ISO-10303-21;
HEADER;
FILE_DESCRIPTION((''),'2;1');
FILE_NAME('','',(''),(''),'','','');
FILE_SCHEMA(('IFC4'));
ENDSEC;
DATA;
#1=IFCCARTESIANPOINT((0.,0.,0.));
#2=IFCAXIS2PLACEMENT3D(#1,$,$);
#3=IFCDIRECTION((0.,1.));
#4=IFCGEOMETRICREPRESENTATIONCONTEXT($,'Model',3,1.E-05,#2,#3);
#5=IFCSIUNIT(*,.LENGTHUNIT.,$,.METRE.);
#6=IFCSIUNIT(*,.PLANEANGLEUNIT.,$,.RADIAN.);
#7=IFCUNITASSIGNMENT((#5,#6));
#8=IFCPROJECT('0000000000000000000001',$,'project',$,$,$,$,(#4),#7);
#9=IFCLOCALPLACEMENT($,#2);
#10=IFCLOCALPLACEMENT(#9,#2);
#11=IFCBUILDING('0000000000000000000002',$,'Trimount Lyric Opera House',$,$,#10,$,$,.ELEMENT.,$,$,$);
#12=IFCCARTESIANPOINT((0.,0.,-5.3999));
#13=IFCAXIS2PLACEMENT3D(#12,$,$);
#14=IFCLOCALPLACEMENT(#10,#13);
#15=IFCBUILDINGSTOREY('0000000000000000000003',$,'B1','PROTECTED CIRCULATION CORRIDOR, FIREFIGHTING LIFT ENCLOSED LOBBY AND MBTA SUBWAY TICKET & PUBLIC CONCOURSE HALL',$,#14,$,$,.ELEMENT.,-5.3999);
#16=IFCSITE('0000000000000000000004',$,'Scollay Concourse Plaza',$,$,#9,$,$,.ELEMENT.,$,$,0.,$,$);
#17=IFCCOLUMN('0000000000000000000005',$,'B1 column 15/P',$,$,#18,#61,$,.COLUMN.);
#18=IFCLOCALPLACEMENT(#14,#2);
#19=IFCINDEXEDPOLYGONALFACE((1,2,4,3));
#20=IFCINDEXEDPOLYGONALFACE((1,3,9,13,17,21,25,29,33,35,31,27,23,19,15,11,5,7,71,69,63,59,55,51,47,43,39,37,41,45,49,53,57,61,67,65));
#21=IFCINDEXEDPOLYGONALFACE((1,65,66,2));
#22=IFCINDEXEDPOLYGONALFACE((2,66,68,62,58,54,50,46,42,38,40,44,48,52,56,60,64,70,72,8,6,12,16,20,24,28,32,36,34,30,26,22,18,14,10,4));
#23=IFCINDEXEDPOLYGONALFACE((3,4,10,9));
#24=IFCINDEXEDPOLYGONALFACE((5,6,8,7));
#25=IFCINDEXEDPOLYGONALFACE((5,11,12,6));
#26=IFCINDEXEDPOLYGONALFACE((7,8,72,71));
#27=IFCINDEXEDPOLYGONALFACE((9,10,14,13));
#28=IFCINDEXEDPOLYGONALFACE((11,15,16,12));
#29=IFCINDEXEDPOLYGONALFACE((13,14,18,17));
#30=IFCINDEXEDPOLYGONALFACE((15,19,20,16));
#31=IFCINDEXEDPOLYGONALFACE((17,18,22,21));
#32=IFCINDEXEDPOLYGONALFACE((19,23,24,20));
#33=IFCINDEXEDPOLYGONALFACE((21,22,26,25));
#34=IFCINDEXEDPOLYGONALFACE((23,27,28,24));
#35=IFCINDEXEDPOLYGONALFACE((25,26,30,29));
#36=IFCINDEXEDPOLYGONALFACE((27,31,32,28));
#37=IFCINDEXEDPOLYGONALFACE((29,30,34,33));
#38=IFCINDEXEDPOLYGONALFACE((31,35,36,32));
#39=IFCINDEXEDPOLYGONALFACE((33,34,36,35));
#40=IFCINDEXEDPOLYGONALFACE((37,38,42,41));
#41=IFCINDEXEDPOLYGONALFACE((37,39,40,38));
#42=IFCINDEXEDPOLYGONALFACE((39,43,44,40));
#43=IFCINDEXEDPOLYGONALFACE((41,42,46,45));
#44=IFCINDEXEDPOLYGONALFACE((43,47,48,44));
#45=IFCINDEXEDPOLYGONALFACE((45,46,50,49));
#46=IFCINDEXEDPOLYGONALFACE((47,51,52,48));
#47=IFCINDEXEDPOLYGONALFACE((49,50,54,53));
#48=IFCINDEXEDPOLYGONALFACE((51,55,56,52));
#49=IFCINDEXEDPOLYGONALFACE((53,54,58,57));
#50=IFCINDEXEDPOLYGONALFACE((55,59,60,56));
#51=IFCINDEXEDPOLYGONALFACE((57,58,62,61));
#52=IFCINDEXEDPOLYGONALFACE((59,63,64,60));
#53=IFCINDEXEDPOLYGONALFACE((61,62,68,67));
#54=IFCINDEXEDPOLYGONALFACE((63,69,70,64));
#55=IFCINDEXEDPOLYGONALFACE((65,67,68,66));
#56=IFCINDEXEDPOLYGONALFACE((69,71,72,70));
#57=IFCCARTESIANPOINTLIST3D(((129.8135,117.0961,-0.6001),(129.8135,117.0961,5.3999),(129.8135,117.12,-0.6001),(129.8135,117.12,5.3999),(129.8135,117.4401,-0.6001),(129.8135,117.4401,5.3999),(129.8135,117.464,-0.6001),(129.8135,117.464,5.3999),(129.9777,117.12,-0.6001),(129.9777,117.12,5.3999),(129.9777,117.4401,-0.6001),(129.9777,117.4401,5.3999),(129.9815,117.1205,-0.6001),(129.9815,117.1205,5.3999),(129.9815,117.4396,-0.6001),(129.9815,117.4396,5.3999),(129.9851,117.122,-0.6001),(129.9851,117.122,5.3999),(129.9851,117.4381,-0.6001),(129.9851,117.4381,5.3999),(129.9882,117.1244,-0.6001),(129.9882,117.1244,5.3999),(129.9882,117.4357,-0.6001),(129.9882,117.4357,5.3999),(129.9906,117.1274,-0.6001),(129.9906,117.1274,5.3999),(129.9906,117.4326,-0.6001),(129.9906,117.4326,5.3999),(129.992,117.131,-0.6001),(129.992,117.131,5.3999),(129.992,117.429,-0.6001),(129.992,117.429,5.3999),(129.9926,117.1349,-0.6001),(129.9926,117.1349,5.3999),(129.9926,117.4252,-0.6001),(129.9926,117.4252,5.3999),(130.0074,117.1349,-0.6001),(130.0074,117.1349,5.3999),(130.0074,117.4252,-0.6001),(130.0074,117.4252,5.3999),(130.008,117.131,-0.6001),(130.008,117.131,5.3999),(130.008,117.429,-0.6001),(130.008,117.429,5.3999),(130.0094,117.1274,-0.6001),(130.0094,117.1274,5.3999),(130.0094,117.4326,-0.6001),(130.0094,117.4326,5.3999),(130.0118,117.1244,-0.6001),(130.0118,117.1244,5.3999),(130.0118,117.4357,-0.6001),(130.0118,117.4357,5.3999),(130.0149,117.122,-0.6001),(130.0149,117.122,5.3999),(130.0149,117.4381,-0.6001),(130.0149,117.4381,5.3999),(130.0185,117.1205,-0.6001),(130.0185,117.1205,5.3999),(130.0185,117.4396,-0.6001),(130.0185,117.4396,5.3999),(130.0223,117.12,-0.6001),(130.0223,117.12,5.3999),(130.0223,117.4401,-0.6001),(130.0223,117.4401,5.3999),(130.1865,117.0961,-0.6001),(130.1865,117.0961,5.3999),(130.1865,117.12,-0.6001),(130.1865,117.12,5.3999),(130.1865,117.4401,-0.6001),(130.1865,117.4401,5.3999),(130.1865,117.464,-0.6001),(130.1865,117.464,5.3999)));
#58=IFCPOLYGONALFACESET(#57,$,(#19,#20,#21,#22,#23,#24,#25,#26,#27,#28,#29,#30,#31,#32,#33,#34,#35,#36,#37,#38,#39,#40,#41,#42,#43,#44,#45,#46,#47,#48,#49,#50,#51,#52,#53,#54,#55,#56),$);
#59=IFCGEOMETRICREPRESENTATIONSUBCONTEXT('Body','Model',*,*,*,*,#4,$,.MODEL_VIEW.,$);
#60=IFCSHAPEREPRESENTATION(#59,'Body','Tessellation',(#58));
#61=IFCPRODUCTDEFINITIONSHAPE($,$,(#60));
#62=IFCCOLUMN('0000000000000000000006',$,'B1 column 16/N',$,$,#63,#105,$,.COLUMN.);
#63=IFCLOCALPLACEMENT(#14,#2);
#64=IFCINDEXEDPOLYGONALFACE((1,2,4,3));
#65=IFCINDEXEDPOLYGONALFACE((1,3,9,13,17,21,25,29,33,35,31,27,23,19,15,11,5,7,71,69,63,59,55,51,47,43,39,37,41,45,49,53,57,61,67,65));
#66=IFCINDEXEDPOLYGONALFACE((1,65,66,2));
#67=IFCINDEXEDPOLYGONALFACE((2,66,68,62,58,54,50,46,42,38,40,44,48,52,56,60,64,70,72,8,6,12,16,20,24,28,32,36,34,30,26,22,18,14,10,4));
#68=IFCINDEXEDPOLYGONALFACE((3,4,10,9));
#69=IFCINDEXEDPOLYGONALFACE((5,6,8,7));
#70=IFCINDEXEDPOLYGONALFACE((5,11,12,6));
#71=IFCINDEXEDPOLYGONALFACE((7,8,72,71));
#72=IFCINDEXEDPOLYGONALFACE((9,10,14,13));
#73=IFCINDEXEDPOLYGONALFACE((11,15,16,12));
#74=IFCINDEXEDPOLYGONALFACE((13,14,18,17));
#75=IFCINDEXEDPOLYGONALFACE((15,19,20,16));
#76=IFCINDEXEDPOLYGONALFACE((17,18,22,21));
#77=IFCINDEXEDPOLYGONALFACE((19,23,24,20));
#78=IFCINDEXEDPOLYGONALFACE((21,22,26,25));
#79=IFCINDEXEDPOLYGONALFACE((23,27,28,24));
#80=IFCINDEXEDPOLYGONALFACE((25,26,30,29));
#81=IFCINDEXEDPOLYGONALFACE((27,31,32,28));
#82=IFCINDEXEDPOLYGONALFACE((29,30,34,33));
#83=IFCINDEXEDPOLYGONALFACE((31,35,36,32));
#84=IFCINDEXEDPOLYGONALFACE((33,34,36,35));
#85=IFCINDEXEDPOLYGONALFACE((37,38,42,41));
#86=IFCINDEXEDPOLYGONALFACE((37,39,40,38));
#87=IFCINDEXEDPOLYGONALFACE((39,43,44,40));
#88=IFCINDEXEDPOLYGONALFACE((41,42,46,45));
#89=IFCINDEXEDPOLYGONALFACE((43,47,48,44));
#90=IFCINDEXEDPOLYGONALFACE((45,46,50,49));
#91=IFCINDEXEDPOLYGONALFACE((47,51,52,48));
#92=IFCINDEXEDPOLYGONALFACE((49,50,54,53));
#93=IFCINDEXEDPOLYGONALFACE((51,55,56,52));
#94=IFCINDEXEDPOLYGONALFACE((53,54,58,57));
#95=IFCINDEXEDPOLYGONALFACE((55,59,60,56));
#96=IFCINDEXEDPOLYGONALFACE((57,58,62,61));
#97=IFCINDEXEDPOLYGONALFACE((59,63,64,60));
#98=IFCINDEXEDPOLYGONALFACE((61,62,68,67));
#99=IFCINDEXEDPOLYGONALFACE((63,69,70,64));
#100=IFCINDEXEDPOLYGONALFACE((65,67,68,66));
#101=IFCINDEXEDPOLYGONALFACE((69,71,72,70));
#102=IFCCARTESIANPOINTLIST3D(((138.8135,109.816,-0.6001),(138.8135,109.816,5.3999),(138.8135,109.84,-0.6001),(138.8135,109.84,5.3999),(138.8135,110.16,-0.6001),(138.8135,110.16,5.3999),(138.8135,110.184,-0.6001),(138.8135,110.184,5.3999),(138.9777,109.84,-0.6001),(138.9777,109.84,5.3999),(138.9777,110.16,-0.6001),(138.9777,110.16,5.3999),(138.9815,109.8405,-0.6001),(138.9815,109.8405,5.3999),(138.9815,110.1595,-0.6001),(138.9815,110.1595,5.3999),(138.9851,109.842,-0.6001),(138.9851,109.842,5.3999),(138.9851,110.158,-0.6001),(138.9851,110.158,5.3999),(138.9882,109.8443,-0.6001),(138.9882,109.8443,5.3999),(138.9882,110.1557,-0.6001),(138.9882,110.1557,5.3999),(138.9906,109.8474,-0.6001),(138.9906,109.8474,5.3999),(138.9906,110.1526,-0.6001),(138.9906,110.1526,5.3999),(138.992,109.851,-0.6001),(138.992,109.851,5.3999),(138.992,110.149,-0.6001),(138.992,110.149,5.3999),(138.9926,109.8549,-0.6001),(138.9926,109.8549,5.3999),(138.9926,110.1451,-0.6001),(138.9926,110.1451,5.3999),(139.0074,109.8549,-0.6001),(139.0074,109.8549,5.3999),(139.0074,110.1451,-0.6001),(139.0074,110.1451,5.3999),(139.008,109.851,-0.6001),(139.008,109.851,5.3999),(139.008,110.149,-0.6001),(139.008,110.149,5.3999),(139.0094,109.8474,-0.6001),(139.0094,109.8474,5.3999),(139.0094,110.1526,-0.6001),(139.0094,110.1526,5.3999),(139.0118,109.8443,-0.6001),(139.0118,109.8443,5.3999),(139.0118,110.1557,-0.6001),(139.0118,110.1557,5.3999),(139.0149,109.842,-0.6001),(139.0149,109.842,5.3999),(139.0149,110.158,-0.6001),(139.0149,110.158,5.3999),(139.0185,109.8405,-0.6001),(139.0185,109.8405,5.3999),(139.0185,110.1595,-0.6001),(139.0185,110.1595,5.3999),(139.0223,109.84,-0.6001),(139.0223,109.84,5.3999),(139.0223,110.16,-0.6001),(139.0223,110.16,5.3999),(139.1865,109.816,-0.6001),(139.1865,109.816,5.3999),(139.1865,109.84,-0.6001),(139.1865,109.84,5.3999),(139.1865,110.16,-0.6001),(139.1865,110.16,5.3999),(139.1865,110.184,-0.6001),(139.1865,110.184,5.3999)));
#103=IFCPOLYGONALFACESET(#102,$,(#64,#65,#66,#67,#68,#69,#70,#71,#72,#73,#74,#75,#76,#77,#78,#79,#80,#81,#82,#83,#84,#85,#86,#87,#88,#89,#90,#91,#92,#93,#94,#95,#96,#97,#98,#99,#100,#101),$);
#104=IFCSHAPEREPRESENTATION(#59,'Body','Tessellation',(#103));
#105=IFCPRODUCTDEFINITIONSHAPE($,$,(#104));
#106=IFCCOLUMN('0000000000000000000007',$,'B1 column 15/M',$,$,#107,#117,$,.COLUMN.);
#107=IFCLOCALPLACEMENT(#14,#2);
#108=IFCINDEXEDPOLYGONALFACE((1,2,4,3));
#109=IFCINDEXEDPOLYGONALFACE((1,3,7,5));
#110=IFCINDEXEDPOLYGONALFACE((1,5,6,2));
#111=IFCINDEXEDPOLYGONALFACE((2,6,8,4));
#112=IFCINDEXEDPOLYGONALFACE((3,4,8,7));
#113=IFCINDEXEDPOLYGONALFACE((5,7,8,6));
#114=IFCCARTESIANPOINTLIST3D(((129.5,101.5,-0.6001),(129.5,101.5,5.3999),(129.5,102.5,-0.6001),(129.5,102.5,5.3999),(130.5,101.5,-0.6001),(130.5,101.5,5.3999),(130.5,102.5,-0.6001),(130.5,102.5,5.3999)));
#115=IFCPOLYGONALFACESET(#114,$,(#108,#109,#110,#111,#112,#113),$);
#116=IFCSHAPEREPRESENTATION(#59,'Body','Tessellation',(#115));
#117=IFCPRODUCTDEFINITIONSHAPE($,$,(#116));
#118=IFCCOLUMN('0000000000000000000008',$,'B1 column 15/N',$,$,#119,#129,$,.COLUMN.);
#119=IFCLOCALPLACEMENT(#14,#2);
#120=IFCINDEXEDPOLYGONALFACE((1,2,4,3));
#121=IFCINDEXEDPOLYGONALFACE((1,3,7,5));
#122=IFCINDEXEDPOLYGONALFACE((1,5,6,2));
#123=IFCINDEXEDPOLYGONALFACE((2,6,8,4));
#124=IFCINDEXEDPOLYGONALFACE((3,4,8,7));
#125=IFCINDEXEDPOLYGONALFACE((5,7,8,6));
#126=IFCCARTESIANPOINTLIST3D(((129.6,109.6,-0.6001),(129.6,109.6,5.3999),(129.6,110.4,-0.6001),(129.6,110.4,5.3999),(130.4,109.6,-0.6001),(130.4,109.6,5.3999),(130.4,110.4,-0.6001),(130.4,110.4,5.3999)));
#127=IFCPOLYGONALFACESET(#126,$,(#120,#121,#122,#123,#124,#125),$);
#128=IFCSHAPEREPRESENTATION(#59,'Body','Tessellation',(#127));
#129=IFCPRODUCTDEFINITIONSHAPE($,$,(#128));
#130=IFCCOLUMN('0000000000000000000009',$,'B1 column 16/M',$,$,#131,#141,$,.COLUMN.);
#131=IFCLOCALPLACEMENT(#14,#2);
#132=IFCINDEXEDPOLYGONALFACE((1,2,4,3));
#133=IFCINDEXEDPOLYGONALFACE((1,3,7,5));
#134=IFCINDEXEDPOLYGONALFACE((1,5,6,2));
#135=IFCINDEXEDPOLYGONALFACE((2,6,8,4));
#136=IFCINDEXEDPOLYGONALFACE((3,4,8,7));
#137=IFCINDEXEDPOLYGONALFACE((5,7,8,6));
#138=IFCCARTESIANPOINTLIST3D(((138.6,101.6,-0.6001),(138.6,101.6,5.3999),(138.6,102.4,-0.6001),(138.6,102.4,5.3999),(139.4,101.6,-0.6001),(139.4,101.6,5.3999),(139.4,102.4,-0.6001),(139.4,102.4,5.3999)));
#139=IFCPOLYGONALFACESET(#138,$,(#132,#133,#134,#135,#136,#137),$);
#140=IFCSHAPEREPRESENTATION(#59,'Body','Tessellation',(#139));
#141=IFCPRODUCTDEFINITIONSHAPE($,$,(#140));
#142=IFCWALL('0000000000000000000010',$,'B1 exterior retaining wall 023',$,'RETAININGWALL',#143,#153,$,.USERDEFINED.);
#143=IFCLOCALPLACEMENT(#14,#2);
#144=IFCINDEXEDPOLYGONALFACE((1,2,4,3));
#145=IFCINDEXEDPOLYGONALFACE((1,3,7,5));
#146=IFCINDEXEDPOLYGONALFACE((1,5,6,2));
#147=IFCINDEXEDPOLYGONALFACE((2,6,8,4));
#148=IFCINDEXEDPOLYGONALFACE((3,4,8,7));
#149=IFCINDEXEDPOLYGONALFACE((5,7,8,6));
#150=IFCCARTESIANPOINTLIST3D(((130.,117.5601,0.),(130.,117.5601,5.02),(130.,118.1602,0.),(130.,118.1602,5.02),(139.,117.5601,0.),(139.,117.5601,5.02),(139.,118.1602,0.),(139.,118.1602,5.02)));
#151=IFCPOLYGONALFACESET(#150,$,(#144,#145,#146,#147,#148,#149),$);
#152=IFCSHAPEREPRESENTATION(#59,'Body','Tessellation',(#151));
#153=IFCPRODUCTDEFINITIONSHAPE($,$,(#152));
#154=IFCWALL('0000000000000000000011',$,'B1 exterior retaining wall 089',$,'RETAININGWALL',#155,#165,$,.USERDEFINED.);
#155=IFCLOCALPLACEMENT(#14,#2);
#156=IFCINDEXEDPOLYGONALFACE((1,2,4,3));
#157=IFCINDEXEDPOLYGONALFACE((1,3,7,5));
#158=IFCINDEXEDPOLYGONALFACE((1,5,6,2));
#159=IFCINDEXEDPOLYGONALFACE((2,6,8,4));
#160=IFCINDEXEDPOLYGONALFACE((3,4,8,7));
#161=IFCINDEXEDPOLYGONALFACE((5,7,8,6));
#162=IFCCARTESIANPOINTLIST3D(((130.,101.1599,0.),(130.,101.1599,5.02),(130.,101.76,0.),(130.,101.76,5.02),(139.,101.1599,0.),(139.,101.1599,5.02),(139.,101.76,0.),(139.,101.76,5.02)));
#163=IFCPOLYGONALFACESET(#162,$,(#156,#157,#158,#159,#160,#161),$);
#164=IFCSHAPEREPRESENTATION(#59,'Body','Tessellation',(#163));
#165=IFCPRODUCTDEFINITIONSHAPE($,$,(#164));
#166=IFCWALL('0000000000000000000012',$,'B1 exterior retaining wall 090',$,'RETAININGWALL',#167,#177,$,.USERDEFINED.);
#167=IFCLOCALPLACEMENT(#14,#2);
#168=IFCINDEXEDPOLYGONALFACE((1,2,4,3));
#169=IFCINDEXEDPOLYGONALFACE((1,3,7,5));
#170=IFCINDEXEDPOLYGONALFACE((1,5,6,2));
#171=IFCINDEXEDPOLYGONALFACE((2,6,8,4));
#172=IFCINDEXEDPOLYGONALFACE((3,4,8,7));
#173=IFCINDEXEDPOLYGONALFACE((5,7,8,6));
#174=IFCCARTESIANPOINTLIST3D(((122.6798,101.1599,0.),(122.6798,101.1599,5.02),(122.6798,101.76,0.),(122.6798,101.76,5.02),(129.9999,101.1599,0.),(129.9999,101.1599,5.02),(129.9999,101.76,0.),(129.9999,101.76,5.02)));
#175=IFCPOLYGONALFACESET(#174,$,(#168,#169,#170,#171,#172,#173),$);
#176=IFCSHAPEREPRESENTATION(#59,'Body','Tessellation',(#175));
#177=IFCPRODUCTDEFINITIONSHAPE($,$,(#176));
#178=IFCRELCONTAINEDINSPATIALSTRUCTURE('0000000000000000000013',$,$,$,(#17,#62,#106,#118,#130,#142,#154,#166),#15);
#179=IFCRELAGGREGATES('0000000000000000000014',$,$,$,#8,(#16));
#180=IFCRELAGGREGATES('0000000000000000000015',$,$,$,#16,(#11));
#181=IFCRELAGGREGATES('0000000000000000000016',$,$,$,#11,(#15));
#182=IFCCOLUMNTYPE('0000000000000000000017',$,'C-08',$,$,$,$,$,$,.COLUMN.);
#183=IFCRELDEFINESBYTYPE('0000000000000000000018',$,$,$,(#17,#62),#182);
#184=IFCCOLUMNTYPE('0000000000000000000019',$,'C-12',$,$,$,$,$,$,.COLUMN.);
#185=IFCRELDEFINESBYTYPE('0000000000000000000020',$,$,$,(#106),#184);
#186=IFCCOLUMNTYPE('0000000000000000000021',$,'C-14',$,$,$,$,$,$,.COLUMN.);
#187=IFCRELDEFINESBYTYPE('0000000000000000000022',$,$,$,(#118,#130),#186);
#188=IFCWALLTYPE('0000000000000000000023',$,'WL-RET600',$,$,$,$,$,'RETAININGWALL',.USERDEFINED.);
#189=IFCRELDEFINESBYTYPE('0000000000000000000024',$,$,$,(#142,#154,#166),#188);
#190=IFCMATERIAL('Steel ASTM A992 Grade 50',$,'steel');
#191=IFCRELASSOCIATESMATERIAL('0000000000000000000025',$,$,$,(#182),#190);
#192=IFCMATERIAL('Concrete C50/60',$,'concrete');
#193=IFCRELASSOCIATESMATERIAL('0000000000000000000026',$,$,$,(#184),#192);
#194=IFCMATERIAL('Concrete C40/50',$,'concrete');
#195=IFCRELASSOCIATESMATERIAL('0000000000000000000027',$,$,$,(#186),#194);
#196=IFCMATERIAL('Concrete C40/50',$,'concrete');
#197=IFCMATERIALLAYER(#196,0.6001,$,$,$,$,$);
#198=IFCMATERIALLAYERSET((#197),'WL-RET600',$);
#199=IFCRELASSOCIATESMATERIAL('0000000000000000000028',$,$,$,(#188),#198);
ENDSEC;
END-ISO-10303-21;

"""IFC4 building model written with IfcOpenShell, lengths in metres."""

from ifc_helpers import new_model, si_unit, direction, frame, frame_2d, origin, origin_2d, place, context, subcontext, project, spatial, rectangle, i_section, extrude, material, layer, layer_set, material_profile, profile_set, type_object, element, save


model = new_model("IFC4")

# Units and contexts
model_context = context("Model", 3, precision=1e-05, world=origin(), true_north=direction((0.0, 1.0)))
body_context = subcontext(model_context, "Body", "Model", "MODEL_VIEW")
ifc_project = project(units=[si_unit("LENGTHUNIT", "METRE"), si_unit("PLANEANGLEUNIT", "RADIAN")], contexts=[model_context])

# Site, building, storey
site_placement = place(None, origin())
site = spatial("IfcSite", under=ifc_project, at=site_placement, Name="Scollay Concourse Plaza", CompositionType="ELEMENT", RefElevation=0.0)
building_placement = place(site_placement, origin())
building = spatial("IfcBuilding", under=site, at=building_placement, Name="Trimount Lyric Opera House", CompositionType="ELEMENT")
storey_placement = place(building_placement, frame((0.0, 0.0, -5.3999)))
storey = spatial("IfcBuildingStorey", under=building, at=storey_placement, Name="B1", Description="PROTECTED CIRCULATION CORRIDOR, FIREFIGHTING LIFT ENCLOSED LOBBY AND MBTA SUBWAY TICKET & PUBLIC CONCOURSE HALL", CompositionType="ELEMENT", Elevation=-5.3999)

# Columns
ifc_material_1 = material(Name="Steel ASTM A992 Grade 50", Category="steel")
ifc_material_profile_1 = material_profile(ifc_material_1, i_section(OverallWidth=0.373, OverallDepth=0.3679, WebThickness=0.0149, FlangeThickness=0.0239, FilletRadius=0.0149, at=origin_2d()), Name="W14X120")
ifc_profile_set_1 = profile_set([ifc_material_profile_1], Name="Steel ASTM A992 Grade 50")
column_type_1 = type_object("IfcColumnType", Name="C-08", PredefinedType="COLUMN", material=ifc_profile_set_1)
for number, where, z_axis, x_axis, name in (
    (1, (130.0, 117.28, -0.6001), (0.0, 0.0, 1.0), (1.0, 0.0, 0.0), "B1 column 15/P"),
    (2, (139.0, 110.0, -0.6001), (0.0, 0.0, 1.0), (1.0, 0.0, 0.0), "B1 column 16/N"),
):
    element("IfcColumn", number, at=place(storey_placement, frame(where, z_axis=z_axis, x_axis=x_axis)), inside=storey, type_object=column_type_1, Name=name, PredefinedType="COLUMN", context=body_context, shape_type="SweptSolid", body=[
        extrude(i_section(OverallWidth=0.373, OverallDepth=0.3679, WebThickness=0.0149, FlangeThickness=0.0239, FilletRadius=0.0149, at=origin_2d()), origin(), (0.0, 0.0, 1.0), 6.0),
    ])
ifc_material_2 = material(Name="Concrete C50/60", Category="concrete")
ifc_material_profile_2 = material_profile(ifc_material_2, rectangle(XDim=1.0, YDim=1.0, at=origin_2d()), Name="RC1000X1000")
ifc_profile_set_2 = profile_set([ifc_material_profile_2], Name="Concrete C50/60")
column_type_2 = type_object("IfcColumnType", Name="C-12", PredefinedType="COLUMN", material=ifc_profile_set_2)
column_placement = place(storey_placement, frame((130.0, 102.0, -0.6001), z_axis=(0.0, 0.0, 1.0), x_axis=(1.0, 0.0, 0.0)))
element("IfcColumn", 3, at=column_placement, inside=storey, type_object=column_type_2, Name="B1 column 15/M", PredefinedType="COLUMN", context=body_context, shape_type="SweptSolid", body=[
    extrude(rectangle(XDim=1.0, YDim=1.0, at=origin_2d()), origin(), (0.0, 0.0, 1.0), 6.0),
])
ifc_material_3 = material(Name="Concrete C40/50", Category="concrete")
ifc_material_profile_3 = material_profile(ifc_material_3, rectangle(XDim=0.8, YDim=0.8, at=origin_2d()), Name="RC800X800")
ifc_profile_set_3 = profile_set([ifc_material_profile_3], Name="Concrete C40/50")
column_type_3 = type_object("IfcColumnType", Name="C-14", PredefinedType="COLUMN", material=ifc_profile_set_3)
for number, where, z_axis, x_axis, name in (
    (4, (130.0, 110.0, -0.6001), (0.0, 0.0, 1.0), (1.0, 0.0, 0.0), "B1 column 15/N"),
    (5, (139.0, 102.0, -0.6001), (0.0, 0.0, 1.0), (1.0, 0.0, 0.0), "B1 column 16/M"),
):
    element("IfcColumn", number, at=place(storey_placement, frame(where, z_axis=z_axis, x_axis=x_axis)), inside=storey, type_object=column_type_3, Name=name, PredefinedType="COLUMN", context=body_context, shape_type="SweptSolid", body=[
        extrude(rectangle(XDim=0.8, YDim=0.8, at=origin_2d()), origin(), (0.0, 0.0, 1.0), 6.0),
    ])

# Walls
ifc_material_4 = material(Name="Concrete C40/50", Category="concrete")
ifc_layer = layer(ifc_material_4, 0.6001)
ifc_layer_set = layer_set([ifc_layer], Name="WL-RET600")
wall_type = type_object("IfcWallType", Name="WL-RET600", ElementType="RETAININGWALL", PredefinedType="USERDEFINED", material=ifc_layer_set)
for number, where, z_axis, x_axis, name in (
    (6, (130.0, 117.8601, 0.0), (0.0, 0.0, 1.0), (1.0, 0.0, 0.0), "B1 exterior retaining wall 023"),
    (7, (139.0, 101.46, 0.0), (0.0, 0.0, 1.0), (-1.0, 0.0, 0.0), "B1 exterior retaining wall 089"),
):
    element("IfcWall", number, at=place(storey_placement, frame(where, z_axis=z_axis, x_axis=x_axis)), inside=storey, type_object=wall_type, Name=name, ObjectType="RETAININGWALL", PredefinedType="USERDEFINED", context=body_context, shape_type="SweptSolid", body=[
        extrude(rectangle(XDim=9.0, YDim=0.6001, at=frame_2d((4.5, 0.0))), origin(), (0.0, 0.0, 1.0), 5.02),
    ])
wall_placement = place(storey_placement, frame((130.0, 101.46, 0.0), z_axis=(0.0, 0.0, 1.0), x_axis=(-1.0, 0.0, 0.0)))
element("IfcWall", 8, at=wall_placement, inside=storey, type_object=wall_type, Name="B1 exterior retaining wall 090", ObjectType="RETAININGWALL", PredefinedType="USERDEFINED", context=body_context, shape_type="SweptSolid", body=[
    extrude(rectangle(XDim=7.3201, YDim=0.6001, at=frame_2d((3.6602, 0.0))), origin(), (0.0, 0.0, 1.0), 5.02),
])

save(model, "model.ifc")
